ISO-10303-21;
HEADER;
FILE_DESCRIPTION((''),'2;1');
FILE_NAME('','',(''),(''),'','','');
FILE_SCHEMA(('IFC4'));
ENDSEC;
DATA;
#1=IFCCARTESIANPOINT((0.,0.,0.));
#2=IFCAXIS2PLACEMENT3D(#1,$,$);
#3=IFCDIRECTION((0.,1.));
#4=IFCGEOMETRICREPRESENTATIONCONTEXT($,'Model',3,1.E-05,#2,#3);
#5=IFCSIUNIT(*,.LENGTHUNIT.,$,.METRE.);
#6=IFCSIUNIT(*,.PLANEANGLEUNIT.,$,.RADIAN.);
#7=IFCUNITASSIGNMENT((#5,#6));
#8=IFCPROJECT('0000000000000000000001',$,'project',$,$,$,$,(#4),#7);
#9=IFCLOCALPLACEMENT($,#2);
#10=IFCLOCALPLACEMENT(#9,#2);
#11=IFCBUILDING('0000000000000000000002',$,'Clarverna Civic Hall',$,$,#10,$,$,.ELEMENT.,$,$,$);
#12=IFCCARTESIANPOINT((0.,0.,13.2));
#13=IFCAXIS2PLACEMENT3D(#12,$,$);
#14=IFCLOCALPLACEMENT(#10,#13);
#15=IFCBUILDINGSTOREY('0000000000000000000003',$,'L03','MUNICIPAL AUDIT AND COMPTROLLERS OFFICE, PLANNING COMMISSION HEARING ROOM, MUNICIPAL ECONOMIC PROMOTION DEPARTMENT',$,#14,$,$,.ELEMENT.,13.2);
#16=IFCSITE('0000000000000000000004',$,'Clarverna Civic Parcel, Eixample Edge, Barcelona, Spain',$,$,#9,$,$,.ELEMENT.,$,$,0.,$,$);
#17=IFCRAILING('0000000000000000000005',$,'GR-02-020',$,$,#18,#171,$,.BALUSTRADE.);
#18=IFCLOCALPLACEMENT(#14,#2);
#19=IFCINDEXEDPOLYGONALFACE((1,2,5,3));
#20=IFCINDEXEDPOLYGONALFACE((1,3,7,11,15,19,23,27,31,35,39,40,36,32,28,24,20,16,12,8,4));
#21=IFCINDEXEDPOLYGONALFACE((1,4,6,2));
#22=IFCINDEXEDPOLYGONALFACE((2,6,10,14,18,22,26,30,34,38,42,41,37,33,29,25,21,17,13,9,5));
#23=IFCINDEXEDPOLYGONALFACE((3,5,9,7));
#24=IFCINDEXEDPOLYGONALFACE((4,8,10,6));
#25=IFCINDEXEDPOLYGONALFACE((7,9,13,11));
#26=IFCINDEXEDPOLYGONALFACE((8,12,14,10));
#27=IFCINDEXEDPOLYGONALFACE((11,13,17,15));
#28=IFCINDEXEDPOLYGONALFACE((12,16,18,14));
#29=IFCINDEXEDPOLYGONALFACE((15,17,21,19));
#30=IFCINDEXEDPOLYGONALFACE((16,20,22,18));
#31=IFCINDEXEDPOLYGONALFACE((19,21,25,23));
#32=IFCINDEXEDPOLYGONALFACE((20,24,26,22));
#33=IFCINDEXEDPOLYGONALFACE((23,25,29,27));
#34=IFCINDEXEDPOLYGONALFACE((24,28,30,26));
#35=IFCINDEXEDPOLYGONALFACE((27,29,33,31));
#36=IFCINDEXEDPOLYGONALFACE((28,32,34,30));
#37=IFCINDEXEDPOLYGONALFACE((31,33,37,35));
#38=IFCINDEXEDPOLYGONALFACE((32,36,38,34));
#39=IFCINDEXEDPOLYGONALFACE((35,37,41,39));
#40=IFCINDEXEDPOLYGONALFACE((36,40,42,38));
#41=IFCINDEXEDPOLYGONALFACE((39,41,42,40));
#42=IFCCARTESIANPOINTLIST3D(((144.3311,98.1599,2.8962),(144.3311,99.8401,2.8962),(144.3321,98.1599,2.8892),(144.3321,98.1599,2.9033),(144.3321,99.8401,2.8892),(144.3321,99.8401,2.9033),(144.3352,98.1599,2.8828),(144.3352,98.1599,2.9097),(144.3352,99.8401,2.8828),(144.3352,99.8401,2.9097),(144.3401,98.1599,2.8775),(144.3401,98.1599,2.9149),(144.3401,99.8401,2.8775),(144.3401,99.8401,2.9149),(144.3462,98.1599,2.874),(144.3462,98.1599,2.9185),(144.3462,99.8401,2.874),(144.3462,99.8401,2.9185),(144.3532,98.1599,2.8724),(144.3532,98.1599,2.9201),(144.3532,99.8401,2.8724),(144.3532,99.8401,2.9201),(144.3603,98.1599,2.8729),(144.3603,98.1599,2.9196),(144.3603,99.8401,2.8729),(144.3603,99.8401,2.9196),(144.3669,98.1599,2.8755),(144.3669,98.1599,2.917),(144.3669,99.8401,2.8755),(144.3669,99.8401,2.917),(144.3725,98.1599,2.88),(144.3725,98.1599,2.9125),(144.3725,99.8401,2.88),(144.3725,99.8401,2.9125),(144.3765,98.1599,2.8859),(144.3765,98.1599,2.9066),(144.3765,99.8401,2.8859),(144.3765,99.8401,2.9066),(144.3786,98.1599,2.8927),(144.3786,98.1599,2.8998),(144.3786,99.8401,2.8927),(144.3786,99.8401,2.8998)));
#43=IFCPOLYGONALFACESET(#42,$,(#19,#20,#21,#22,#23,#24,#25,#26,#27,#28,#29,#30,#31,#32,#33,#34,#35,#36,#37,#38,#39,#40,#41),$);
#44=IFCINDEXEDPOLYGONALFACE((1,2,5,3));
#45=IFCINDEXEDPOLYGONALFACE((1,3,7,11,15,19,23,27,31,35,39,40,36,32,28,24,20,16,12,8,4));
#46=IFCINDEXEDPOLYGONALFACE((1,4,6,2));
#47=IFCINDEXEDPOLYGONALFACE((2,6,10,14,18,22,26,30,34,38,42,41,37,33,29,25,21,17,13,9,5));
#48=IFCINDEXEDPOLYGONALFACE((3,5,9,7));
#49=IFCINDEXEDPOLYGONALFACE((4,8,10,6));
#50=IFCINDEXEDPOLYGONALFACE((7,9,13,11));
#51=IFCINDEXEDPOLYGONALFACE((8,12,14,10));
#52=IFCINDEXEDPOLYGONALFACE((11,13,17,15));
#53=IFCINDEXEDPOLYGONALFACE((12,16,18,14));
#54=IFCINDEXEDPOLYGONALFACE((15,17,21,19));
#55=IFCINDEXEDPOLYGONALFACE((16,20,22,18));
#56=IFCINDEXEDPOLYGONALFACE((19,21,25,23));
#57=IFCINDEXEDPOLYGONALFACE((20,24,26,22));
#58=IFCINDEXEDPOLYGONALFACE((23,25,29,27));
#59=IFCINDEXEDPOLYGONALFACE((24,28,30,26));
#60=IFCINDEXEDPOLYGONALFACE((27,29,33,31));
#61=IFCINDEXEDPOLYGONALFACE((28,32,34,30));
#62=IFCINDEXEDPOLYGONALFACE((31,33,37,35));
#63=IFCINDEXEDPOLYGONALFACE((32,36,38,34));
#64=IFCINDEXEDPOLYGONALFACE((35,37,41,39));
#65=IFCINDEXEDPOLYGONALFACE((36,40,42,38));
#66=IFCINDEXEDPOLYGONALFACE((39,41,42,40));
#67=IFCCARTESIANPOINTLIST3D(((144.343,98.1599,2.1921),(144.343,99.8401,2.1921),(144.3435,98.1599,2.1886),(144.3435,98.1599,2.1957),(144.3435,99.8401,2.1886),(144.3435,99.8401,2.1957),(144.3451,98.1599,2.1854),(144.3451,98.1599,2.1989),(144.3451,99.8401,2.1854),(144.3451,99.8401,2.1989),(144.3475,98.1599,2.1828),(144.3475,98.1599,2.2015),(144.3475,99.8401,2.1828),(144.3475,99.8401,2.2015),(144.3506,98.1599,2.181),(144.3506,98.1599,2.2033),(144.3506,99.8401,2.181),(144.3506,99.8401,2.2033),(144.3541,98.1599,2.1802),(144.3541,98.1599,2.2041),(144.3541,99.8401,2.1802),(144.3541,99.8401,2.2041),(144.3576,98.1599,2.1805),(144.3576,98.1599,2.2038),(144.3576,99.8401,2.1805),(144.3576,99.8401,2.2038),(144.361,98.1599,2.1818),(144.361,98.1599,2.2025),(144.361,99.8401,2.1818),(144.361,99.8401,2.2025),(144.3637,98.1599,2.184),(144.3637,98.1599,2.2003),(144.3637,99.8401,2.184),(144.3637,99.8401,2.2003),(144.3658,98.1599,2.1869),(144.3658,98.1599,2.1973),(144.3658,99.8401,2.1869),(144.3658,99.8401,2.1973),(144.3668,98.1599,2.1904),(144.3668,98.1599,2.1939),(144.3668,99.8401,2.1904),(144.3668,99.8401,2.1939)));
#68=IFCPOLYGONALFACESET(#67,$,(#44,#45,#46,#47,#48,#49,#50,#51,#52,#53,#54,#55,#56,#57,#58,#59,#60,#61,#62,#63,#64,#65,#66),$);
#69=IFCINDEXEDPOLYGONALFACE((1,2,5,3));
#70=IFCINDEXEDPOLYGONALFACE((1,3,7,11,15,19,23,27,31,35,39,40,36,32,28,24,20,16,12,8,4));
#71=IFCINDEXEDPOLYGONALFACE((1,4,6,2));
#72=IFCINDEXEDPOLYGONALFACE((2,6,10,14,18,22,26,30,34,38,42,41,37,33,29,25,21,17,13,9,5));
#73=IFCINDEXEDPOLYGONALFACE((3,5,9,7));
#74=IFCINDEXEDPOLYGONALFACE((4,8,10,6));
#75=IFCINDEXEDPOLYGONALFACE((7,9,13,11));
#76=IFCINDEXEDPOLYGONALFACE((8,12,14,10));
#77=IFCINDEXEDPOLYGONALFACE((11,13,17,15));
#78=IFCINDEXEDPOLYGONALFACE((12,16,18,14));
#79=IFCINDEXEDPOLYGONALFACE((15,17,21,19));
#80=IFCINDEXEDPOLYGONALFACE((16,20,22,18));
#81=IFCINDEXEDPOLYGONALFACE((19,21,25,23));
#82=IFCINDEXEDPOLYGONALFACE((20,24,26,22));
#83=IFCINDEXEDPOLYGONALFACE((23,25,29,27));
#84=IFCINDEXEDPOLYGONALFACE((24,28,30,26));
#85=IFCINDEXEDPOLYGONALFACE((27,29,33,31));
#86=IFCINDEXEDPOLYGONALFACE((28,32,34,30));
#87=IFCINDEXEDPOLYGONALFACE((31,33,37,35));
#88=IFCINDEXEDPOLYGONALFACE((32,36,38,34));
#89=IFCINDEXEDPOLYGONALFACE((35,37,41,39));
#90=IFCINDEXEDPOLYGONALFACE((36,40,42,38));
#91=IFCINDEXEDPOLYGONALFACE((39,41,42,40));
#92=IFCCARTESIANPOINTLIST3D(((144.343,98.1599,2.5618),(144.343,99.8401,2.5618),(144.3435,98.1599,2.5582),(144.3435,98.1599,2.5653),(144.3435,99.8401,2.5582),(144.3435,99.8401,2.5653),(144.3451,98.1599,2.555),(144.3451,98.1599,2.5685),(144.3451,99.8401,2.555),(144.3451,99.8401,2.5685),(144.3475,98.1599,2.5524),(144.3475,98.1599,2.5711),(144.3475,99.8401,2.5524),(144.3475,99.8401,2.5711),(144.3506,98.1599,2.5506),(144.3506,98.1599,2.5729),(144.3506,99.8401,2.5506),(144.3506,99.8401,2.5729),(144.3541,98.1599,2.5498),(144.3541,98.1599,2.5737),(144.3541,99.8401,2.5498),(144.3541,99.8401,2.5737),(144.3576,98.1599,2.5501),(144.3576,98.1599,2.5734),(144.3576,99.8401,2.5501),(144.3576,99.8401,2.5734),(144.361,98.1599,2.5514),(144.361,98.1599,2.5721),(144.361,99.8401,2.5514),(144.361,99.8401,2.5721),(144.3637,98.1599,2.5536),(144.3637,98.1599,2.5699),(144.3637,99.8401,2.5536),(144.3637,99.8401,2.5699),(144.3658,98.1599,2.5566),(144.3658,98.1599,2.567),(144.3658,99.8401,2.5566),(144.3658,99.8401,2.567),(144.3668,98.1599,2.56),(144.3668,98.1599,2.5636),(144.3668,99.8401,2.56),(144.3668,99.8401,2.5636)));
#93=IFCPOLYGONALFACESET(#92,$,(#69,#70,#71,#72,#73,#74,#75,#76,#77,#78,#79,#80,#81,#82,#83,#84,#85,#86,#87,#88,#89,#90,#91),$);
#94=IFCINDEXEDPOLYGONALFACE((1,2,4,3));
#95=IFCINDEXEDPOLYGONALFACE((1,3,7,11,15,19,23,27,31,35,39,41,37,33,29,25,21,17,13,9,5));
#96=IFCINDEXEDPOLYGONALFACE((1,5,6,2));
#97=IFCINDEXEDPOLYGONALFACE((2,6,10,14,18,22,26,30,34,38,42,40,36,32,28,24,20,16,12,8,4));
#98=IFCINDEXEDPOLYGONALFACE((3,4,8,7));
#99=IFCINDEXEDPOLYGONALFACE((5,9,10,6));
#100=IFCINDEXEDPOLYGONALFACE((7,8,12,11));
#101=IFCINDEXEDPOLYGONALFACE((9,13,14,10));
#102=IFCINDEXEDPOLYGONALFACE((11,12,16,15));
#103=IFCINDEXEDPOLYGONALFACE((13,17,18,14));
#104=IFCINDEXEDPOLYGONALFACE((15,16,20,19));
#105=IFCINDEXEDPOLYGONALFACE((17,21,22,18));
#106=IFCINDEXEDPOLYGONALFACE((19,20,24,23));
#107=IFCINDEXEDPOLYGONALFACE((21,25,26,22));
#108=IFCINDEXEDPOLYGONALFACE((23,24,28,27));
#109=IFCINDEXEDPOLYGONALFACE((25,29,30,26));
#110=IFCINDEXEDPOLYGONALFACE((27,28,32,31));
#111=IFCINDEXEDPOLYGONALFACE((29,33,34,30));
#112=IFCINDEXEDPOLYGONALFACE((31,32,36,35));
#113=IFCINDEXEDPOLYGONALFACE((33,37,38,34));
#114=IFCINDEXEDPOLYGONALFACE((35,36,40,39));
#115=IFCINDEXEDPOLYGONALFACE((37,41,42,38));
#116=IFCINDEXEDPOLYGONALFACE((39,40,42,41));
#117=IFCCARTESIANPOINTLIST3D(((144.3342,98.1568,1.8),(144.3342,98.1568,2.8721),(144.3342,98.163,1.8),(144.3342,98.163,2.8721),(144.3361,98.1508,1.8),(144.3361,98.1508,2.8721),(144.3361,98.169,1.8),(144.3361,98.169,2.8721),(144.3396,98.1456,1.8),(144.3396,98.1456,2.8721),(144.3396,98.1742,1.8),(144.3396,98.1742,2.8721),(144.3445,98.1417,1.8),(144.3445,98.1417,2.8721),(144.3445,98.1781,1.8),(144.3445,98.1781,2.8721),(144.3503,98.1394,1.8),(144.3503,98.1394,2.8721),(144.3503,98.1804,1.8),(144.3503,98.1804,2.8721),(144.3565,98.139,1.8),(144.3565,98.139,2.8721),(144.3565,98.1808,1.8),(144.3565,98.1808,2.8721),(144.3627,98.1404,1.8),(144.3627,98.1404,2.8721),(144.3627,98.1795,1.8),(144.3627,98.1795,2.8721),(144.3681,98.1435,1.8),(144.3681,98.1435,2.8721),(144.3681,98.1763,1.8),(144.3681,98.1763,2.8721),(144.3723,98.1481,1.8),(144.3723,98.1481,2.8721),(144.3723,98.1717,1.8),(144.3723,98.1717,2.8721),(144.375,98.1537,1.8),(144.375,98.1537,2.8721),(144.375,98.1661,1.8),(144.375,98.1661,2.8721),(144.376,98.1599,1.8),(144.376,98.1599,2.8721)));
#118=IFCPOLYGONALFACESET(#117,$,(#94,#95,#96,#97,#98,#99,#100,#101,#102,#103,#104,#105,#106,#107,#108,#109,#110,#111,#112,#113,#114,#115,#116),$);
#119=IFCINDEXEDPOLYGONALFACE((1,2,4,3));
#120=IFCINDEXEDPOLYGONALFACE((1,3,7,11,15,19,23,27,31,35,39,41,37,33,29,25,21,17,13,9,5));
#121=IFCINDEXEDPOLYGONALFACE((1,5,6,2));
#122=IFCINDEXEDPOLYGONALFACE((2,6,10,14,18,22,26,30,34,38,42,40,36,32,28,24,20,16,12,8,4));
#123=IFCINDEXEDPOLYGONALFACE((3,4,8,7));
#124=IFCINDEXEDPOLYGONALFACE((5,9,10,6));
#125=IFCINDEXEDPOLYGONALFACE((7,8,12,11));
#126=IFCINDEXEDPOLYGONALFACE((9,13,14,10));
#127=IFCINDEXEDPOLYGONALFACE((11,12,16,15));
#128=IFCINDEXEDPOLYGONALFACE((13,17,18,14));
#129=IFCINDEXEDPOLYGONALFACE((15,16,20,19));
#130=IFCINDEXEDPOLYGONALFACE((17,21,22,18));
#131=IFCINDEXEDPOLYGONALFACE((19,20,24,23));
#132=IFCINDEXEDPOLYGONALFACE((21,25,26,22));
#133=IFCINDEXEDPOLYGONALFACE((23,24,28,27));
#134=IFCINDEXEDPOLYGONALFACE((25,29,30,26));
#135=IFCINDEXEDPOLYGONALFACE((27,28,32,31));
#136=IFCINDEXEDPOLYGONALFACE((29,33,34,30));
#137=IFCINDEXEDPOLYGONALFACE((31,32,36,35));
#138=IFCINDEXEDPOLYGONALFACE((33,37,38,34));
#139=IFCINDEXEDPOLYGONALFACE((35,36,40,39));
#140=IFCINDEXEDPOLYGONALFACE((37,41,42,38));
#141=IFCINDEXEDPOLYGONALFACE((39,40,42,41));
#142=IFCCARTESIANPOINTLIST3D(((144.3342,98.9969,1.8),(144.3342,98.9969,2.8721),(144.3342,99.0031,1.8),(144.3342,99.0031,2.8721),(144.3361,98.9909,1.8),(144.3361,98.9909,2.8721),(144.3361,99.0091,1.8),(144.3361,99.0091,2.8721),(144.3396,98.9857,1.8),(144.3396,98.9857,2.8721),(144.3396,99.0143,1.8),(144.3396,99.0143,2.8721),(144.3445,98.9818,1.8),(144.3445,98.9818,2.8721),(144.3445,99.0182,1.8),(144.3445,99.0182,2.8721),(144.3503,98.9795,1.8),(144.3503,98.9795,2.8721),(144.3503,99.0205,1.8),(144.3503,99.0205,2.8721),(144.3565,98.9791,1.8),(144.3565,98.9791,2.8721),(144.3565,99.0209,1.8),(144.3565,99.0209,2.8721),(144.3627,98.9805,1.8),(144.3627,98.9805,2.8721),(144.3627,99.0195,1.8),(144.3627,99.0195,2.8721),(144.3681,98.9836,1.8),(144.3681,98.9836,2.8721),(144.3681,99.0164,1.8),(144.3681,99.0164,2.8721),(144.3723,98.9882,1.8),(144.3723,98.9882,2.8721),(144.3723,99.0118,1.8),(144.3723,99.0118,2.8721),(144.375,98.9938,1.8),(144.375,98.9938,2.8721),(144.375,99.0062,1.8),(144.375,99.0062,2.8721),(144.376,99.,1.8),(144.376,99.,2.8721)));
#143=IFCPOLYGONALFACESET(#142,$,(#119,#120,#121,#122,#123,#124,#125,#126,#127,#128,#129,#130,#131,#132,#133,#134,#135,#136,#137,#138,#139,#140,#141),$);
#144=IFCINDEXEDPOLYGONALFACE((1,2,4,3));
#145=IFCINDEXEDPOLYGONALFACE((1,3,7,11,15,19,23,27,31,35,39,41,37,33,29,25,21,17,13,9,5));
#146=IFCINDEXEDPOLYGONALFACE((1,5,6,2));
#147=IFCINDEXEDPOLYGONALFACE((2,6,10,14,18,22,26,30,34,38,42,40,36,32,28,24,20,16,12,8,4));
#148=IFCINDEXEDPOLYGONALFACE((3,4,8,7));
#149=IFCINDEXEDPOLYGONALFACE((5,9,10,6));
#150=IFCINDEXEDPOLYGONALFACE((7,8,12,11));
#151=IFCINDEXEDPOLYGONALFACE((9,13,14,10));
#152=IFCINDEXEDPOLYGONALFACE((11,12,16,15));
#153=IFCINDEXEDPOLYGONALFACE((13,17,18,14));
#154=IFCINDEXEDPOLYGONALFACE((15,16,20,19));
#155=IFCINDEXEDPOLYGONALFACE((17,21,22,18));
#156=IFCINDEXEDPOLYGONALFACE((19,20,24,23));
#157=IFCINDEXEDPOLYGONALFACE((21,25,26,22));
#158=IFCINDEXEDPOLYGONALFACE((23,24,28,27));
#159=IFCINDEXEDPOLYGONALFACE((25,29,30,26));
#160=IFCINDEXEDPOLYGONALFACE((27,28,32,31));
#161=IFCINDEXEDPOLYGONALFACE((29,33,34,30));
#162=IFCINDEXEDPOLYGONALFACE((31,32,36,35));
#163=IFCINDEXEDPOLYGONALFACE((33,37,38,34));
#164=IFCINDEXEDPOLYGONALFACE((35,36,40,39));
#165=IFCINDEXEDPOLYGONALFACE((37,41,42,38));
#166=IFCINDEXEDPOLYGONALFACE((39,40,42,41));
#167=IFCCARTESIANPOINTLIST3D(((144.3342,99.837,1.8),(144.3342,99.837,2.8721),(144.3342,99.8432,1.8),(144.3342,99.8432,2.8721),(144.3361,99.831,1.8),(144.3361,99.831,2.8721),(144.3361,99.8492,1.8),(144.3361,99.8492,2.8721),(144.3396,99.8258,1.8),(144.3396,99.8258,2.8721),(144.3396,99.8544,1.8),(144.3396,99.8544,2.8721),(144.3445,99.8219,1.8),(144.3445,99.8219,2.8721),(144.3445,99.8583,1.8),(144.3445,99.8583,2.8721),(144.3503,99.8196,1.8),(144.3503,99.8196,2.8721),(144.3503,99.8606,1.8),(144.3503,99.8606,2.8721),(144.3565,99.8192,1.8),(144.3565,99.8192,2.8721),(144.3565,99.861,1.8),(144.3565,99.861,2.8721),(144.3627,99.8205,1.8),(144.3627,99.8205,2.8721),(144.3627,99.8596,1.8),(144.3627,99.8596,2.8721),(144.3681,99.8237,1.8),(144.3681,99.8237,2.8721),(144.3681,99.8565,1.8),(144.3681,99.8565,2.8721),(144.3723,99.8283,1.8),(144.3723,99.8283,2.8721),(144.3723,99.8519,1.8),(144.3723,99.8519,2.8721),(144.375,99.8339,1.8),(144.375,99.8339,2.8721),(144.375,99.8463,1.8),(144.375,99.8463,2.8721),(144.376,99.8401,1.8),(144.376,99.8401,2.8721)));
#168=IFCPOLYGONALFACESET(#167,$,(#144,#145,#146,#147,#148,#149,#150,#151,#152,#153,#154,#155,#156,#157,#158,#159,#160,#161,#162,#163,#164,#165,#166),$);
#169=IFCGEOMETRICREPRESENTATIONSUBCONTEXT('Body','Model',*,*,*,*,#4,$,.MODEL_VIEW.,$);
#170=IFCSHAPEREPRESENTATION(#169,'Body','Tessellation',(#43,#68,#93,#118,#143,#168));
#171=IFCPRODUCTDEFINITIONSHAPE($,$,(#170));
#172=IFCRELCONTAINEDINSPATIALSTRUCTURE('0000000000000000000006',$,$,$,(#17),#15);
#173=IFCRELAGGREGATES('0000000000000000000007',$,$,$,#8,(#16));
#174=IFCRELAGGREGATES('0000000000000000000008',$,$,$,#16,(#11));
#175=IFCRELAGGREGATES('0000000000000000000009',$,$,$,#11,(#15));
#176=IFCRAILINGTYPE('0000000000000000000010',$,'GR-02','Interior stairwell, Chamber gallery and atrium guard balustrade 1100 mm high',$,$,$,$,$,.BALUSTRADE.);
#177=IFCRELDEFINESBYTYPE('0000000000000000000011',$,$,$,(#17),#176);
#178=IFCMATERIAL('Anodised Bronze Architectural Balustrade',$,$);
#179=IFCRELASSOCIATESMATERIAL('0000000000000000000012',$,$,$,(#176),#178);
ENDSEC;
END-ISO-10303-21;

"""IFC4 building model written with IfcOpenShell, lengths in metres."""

from ifc_helpers import new_model, si_unit, direction, frame, origin, origin_2d, place, context, subcontext, project, spatial, circle, extrude, material, type_object, element, save


model = new_model("IFC4")

# Units and contexts
model_context = context("Model", 3, precision=1e-05, world=origin(), true_north=direction((0.0, 1.0)))
body_context = subcontext(model_context, "Body", "Model", "MODEL_VIEW")
ifc_project = project(units=[si_unit("LENGTHUNIT", "METRE"), si_unit("PLANEANGLEUNIT", "RADIAN")], contexts=[model_context])

# Site, building, storey
site_placement = place(None, origin())
site = spatial("IfcSite", under=ifc_project, at=site_placement, Name="Clarverna Civic Parcel, Eixample Edge, Barcelona, Spain", CompositionType="ELEMENT", RefElevation=0.0)
building_placement = place(site_placement, origin())
building = spatial("IfcBuilding", under=site, at=building_placement, Name="Clarverna Civic Hall", CompositionType="ELEMENT")
storey_placement = place(building_placement, frame((0.0, 0.0, 13.2)))
storey = spatial("IfcBuildingStorey", under=building, at=storey_placement, Name="L03", Description="MUNICIPAL AUDIT AND COMPTROLLERS OFFICE, PLANNING COMMISSION HEARING ROOM, MUNICIPAL ECONOMIC PROMOTION DEPARTMENT", CompositionType="ELEMENT", Elevation=13.2)

# Railing
ifc_material_1 = material(Name="Anodised Bronze Architectural Balustrade")
railing_type_1 = type_object("IfcRailingType", Name="GR-02", Description="Interior stairwell, Chamber gallery and atrium guard balustrade 1100 mm high", PredefinedType="BALUSTRADE", material=ifc_material_1)
railing_1_placement = place(storey_placement, frame((144.355, 98.1599, 1.8)))
element("IfcRailing", 1, at=railing_1_placement, inside=storey, type_object=railing_type_1, Name="GR-02-020", PredefinedType="BALUSTRADE", context=body_context, shape_type="SweptSolid", body=[
    extrude(circle(Radius=0.0239, at=origin_2d()), frame((0.0, 0.0, 1.0962), z_axis=(0.0, 1.0, 0.0), x_axis=(-1.0, 0.0, 0.0)), (0.0, 0.0, 1.0), 1.6802),
    extrude(circle(Radius=0.012, at=origin_2d()), frame((0.0, 0.0, 0.3921), z_axis=(0.0, 1.0, 0.0), x_axis=(-1.0, 0.0, 0.0)), (0.0, 0.0, 1.0), 1.6802),
    extrude(circle(Radius=0.012, at=origin_2d()), frame((0.0, 0.0, 0.7617), z_axis=(0.0, 1.0, 0.0), x_axis=(-1.0, 0.0, 0.0)), (0.0, 0.0, 1.0), 1.6802),
    extrude(circle(Radius=0.021, at=origin_2d()), origin(), (0.0, 0.0, 1.0), 1.072),
    extrude(circle(Radius=0.021, at=origin_2d()), frame((0.0, 0.8401, 0.0)), (0.0, 0.0, 1.0), 1.072),
    extrude(circle(Radius=0.021, at=origin_2d()), frame((0.0, 1.6802, 0.0)), (0.0, 0.0, 1.0), 1.072),
])

save(model, "model.ifc")
